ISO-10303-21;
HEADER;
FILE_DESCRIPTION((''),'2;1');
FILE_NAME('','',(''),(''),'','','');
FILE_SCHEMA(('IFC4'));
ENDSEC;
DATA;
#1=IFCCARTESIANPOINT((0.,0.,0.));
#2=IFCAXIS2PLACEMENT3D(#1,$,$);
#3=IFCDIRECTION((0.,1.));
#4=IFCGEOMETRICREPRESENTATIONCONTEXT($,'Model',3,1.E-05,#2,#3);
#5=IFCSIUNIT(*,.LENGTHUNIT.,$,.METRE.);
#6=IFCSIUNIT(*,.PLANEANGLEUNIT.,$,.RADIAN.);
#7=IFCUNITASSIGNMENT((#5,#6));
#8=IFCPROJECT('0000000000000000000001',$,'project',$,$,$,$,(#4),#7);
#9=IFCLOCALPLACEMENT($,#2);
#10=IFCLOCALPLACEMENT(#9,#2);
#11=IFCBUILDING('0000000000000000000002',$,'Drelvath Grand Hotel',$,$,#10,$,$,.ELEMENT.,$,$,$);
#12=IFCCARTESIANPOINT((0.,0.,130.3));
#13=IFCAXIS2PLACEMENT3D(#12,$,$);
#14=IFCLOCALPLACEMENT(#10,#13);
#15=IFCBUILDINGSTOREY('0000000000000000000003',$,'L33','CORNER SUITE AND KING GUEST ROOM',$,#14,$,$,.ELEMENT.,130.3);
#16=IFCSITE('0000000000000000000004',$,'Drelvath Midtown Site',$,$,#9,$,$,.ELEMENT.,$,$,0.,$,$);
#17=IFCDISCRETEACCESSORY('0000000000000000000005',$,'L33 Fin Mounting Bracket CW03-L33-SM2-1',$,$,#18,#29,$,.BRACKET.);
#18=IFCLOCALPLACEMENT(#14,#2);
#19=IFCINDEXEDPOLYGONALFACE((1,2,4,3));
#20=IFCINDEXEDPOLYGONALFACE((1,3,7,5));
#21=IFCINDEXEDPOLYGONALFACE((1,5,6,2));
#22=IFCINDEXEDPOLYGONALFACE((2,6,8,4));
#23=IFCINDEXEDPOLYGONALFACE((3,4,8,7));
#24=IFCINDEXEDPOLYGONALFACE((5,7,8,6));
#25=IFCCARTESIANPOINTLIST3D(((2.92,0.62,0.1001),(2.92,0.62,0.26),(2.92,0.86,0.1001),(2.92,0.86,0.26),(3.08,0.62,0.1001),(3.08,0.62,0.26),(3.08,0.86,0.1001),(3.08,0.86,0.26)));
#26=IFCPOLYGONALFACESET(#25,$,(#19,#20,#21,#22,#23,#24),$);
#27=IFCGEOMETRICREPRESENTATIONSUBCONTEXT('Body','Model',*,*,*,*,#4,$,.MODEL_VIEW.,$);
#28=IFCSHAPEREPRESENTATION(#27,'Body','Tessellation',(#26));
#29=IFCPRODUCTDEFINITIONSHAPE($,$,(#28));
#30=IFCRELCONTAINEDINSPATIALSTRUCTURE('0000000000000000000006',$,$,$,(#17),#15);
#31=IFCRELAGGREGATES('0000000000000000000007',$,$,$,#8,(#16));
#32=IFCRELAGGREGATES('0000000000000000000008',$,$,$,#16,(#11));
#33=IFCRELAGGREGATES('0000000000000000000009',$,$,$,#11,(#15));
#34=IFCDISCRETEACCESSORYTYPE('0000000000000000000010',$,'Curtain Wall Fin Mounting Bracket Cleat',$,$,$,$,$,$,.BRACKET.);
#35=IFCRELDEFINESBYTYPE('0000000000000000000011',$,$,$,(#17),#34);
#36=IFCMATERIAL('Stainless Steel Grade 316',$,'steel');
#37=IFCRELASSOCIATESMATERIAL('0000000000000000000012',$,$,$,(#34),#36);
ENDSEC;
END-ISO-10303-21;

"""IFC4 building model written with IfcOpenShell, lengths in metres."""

from ifc_helpers import new_model, si_unit, direction, frame, origin, origin_2d, place, context, subcontext, project, spatial, rectangle, extrude, material, type_object, element, save


model = new_model("IFC4")

# Units and contexts
model_context = context("Model", 3, precision=1e-05, world=origin(), true_north=direction((0.0, 1.0)))
body_context = subcontext(model_context, "Body", "Model", "MODEL_VIEW")
ifc_project = project(units=[si_unit("LENGTHUNIT", "METRE"), si_unit("PLANEANGLEUNIT", "RADIAN")], contexts=[model_context])

# Site, building, storey
site_placement = place(None, origin())
site = spatial("IfcSite", under=ifc_project, at=site_placement, Name="Drelvath Midtown Site", CompositionType="ELEMENT", RefElevation=0.0)
building_placement = place(site_placement, origin())
building = spatial("IfcBuilding", under=site, at=building_placement, Name="Drelvath Grand Hotel", CompositionType="ELEMENT")
storey_placement = place(building_placement, frame((0.0, 0.0, 130.3)))
storey = spatial("IfcBuildingStorey", under=building, at=storey_placement, Name="L33", Description="CORNER SUITE AND KING GUEST ROOM", CompositionType="ELEMENT", Elevation=130.3)

# Discrete accessory
ifc_material_1 = material(Name="Stainless Steel Grade 316", Category="steel")
discrete_accessory_type = type_object("IfcDiscreteAccessoryType", Name="Curtain Wall Fin Mounting Bracket Cleat", PredefinedType="BRACKET", material=ifc_material_1)
discrete_accessory_placement = place(storey_placement, frame((3.0, 0.74, 0.1001), z_axis=(0.0, 0.0, 1.0), x_axis=(-1.0, 0.0, 0.0)))
element("IfcDiscreteAccessory", 1, at=discrete_accessory_placement, inside=storey, type_object=discrete_accessory_type, Name="L33 Fin Mounting Bracket CW03-L33-SM2-1", PredefinedType="BRACKET", context=body_context, shape_type="SweptSolid", body=[
    extrude(rectangle(XDim=0.1599, YDim=0.24, at=origin_2d()), origin(), (0.0, 0.0, 1.0), 0.1599),
])

save(model, "model.ifc")
